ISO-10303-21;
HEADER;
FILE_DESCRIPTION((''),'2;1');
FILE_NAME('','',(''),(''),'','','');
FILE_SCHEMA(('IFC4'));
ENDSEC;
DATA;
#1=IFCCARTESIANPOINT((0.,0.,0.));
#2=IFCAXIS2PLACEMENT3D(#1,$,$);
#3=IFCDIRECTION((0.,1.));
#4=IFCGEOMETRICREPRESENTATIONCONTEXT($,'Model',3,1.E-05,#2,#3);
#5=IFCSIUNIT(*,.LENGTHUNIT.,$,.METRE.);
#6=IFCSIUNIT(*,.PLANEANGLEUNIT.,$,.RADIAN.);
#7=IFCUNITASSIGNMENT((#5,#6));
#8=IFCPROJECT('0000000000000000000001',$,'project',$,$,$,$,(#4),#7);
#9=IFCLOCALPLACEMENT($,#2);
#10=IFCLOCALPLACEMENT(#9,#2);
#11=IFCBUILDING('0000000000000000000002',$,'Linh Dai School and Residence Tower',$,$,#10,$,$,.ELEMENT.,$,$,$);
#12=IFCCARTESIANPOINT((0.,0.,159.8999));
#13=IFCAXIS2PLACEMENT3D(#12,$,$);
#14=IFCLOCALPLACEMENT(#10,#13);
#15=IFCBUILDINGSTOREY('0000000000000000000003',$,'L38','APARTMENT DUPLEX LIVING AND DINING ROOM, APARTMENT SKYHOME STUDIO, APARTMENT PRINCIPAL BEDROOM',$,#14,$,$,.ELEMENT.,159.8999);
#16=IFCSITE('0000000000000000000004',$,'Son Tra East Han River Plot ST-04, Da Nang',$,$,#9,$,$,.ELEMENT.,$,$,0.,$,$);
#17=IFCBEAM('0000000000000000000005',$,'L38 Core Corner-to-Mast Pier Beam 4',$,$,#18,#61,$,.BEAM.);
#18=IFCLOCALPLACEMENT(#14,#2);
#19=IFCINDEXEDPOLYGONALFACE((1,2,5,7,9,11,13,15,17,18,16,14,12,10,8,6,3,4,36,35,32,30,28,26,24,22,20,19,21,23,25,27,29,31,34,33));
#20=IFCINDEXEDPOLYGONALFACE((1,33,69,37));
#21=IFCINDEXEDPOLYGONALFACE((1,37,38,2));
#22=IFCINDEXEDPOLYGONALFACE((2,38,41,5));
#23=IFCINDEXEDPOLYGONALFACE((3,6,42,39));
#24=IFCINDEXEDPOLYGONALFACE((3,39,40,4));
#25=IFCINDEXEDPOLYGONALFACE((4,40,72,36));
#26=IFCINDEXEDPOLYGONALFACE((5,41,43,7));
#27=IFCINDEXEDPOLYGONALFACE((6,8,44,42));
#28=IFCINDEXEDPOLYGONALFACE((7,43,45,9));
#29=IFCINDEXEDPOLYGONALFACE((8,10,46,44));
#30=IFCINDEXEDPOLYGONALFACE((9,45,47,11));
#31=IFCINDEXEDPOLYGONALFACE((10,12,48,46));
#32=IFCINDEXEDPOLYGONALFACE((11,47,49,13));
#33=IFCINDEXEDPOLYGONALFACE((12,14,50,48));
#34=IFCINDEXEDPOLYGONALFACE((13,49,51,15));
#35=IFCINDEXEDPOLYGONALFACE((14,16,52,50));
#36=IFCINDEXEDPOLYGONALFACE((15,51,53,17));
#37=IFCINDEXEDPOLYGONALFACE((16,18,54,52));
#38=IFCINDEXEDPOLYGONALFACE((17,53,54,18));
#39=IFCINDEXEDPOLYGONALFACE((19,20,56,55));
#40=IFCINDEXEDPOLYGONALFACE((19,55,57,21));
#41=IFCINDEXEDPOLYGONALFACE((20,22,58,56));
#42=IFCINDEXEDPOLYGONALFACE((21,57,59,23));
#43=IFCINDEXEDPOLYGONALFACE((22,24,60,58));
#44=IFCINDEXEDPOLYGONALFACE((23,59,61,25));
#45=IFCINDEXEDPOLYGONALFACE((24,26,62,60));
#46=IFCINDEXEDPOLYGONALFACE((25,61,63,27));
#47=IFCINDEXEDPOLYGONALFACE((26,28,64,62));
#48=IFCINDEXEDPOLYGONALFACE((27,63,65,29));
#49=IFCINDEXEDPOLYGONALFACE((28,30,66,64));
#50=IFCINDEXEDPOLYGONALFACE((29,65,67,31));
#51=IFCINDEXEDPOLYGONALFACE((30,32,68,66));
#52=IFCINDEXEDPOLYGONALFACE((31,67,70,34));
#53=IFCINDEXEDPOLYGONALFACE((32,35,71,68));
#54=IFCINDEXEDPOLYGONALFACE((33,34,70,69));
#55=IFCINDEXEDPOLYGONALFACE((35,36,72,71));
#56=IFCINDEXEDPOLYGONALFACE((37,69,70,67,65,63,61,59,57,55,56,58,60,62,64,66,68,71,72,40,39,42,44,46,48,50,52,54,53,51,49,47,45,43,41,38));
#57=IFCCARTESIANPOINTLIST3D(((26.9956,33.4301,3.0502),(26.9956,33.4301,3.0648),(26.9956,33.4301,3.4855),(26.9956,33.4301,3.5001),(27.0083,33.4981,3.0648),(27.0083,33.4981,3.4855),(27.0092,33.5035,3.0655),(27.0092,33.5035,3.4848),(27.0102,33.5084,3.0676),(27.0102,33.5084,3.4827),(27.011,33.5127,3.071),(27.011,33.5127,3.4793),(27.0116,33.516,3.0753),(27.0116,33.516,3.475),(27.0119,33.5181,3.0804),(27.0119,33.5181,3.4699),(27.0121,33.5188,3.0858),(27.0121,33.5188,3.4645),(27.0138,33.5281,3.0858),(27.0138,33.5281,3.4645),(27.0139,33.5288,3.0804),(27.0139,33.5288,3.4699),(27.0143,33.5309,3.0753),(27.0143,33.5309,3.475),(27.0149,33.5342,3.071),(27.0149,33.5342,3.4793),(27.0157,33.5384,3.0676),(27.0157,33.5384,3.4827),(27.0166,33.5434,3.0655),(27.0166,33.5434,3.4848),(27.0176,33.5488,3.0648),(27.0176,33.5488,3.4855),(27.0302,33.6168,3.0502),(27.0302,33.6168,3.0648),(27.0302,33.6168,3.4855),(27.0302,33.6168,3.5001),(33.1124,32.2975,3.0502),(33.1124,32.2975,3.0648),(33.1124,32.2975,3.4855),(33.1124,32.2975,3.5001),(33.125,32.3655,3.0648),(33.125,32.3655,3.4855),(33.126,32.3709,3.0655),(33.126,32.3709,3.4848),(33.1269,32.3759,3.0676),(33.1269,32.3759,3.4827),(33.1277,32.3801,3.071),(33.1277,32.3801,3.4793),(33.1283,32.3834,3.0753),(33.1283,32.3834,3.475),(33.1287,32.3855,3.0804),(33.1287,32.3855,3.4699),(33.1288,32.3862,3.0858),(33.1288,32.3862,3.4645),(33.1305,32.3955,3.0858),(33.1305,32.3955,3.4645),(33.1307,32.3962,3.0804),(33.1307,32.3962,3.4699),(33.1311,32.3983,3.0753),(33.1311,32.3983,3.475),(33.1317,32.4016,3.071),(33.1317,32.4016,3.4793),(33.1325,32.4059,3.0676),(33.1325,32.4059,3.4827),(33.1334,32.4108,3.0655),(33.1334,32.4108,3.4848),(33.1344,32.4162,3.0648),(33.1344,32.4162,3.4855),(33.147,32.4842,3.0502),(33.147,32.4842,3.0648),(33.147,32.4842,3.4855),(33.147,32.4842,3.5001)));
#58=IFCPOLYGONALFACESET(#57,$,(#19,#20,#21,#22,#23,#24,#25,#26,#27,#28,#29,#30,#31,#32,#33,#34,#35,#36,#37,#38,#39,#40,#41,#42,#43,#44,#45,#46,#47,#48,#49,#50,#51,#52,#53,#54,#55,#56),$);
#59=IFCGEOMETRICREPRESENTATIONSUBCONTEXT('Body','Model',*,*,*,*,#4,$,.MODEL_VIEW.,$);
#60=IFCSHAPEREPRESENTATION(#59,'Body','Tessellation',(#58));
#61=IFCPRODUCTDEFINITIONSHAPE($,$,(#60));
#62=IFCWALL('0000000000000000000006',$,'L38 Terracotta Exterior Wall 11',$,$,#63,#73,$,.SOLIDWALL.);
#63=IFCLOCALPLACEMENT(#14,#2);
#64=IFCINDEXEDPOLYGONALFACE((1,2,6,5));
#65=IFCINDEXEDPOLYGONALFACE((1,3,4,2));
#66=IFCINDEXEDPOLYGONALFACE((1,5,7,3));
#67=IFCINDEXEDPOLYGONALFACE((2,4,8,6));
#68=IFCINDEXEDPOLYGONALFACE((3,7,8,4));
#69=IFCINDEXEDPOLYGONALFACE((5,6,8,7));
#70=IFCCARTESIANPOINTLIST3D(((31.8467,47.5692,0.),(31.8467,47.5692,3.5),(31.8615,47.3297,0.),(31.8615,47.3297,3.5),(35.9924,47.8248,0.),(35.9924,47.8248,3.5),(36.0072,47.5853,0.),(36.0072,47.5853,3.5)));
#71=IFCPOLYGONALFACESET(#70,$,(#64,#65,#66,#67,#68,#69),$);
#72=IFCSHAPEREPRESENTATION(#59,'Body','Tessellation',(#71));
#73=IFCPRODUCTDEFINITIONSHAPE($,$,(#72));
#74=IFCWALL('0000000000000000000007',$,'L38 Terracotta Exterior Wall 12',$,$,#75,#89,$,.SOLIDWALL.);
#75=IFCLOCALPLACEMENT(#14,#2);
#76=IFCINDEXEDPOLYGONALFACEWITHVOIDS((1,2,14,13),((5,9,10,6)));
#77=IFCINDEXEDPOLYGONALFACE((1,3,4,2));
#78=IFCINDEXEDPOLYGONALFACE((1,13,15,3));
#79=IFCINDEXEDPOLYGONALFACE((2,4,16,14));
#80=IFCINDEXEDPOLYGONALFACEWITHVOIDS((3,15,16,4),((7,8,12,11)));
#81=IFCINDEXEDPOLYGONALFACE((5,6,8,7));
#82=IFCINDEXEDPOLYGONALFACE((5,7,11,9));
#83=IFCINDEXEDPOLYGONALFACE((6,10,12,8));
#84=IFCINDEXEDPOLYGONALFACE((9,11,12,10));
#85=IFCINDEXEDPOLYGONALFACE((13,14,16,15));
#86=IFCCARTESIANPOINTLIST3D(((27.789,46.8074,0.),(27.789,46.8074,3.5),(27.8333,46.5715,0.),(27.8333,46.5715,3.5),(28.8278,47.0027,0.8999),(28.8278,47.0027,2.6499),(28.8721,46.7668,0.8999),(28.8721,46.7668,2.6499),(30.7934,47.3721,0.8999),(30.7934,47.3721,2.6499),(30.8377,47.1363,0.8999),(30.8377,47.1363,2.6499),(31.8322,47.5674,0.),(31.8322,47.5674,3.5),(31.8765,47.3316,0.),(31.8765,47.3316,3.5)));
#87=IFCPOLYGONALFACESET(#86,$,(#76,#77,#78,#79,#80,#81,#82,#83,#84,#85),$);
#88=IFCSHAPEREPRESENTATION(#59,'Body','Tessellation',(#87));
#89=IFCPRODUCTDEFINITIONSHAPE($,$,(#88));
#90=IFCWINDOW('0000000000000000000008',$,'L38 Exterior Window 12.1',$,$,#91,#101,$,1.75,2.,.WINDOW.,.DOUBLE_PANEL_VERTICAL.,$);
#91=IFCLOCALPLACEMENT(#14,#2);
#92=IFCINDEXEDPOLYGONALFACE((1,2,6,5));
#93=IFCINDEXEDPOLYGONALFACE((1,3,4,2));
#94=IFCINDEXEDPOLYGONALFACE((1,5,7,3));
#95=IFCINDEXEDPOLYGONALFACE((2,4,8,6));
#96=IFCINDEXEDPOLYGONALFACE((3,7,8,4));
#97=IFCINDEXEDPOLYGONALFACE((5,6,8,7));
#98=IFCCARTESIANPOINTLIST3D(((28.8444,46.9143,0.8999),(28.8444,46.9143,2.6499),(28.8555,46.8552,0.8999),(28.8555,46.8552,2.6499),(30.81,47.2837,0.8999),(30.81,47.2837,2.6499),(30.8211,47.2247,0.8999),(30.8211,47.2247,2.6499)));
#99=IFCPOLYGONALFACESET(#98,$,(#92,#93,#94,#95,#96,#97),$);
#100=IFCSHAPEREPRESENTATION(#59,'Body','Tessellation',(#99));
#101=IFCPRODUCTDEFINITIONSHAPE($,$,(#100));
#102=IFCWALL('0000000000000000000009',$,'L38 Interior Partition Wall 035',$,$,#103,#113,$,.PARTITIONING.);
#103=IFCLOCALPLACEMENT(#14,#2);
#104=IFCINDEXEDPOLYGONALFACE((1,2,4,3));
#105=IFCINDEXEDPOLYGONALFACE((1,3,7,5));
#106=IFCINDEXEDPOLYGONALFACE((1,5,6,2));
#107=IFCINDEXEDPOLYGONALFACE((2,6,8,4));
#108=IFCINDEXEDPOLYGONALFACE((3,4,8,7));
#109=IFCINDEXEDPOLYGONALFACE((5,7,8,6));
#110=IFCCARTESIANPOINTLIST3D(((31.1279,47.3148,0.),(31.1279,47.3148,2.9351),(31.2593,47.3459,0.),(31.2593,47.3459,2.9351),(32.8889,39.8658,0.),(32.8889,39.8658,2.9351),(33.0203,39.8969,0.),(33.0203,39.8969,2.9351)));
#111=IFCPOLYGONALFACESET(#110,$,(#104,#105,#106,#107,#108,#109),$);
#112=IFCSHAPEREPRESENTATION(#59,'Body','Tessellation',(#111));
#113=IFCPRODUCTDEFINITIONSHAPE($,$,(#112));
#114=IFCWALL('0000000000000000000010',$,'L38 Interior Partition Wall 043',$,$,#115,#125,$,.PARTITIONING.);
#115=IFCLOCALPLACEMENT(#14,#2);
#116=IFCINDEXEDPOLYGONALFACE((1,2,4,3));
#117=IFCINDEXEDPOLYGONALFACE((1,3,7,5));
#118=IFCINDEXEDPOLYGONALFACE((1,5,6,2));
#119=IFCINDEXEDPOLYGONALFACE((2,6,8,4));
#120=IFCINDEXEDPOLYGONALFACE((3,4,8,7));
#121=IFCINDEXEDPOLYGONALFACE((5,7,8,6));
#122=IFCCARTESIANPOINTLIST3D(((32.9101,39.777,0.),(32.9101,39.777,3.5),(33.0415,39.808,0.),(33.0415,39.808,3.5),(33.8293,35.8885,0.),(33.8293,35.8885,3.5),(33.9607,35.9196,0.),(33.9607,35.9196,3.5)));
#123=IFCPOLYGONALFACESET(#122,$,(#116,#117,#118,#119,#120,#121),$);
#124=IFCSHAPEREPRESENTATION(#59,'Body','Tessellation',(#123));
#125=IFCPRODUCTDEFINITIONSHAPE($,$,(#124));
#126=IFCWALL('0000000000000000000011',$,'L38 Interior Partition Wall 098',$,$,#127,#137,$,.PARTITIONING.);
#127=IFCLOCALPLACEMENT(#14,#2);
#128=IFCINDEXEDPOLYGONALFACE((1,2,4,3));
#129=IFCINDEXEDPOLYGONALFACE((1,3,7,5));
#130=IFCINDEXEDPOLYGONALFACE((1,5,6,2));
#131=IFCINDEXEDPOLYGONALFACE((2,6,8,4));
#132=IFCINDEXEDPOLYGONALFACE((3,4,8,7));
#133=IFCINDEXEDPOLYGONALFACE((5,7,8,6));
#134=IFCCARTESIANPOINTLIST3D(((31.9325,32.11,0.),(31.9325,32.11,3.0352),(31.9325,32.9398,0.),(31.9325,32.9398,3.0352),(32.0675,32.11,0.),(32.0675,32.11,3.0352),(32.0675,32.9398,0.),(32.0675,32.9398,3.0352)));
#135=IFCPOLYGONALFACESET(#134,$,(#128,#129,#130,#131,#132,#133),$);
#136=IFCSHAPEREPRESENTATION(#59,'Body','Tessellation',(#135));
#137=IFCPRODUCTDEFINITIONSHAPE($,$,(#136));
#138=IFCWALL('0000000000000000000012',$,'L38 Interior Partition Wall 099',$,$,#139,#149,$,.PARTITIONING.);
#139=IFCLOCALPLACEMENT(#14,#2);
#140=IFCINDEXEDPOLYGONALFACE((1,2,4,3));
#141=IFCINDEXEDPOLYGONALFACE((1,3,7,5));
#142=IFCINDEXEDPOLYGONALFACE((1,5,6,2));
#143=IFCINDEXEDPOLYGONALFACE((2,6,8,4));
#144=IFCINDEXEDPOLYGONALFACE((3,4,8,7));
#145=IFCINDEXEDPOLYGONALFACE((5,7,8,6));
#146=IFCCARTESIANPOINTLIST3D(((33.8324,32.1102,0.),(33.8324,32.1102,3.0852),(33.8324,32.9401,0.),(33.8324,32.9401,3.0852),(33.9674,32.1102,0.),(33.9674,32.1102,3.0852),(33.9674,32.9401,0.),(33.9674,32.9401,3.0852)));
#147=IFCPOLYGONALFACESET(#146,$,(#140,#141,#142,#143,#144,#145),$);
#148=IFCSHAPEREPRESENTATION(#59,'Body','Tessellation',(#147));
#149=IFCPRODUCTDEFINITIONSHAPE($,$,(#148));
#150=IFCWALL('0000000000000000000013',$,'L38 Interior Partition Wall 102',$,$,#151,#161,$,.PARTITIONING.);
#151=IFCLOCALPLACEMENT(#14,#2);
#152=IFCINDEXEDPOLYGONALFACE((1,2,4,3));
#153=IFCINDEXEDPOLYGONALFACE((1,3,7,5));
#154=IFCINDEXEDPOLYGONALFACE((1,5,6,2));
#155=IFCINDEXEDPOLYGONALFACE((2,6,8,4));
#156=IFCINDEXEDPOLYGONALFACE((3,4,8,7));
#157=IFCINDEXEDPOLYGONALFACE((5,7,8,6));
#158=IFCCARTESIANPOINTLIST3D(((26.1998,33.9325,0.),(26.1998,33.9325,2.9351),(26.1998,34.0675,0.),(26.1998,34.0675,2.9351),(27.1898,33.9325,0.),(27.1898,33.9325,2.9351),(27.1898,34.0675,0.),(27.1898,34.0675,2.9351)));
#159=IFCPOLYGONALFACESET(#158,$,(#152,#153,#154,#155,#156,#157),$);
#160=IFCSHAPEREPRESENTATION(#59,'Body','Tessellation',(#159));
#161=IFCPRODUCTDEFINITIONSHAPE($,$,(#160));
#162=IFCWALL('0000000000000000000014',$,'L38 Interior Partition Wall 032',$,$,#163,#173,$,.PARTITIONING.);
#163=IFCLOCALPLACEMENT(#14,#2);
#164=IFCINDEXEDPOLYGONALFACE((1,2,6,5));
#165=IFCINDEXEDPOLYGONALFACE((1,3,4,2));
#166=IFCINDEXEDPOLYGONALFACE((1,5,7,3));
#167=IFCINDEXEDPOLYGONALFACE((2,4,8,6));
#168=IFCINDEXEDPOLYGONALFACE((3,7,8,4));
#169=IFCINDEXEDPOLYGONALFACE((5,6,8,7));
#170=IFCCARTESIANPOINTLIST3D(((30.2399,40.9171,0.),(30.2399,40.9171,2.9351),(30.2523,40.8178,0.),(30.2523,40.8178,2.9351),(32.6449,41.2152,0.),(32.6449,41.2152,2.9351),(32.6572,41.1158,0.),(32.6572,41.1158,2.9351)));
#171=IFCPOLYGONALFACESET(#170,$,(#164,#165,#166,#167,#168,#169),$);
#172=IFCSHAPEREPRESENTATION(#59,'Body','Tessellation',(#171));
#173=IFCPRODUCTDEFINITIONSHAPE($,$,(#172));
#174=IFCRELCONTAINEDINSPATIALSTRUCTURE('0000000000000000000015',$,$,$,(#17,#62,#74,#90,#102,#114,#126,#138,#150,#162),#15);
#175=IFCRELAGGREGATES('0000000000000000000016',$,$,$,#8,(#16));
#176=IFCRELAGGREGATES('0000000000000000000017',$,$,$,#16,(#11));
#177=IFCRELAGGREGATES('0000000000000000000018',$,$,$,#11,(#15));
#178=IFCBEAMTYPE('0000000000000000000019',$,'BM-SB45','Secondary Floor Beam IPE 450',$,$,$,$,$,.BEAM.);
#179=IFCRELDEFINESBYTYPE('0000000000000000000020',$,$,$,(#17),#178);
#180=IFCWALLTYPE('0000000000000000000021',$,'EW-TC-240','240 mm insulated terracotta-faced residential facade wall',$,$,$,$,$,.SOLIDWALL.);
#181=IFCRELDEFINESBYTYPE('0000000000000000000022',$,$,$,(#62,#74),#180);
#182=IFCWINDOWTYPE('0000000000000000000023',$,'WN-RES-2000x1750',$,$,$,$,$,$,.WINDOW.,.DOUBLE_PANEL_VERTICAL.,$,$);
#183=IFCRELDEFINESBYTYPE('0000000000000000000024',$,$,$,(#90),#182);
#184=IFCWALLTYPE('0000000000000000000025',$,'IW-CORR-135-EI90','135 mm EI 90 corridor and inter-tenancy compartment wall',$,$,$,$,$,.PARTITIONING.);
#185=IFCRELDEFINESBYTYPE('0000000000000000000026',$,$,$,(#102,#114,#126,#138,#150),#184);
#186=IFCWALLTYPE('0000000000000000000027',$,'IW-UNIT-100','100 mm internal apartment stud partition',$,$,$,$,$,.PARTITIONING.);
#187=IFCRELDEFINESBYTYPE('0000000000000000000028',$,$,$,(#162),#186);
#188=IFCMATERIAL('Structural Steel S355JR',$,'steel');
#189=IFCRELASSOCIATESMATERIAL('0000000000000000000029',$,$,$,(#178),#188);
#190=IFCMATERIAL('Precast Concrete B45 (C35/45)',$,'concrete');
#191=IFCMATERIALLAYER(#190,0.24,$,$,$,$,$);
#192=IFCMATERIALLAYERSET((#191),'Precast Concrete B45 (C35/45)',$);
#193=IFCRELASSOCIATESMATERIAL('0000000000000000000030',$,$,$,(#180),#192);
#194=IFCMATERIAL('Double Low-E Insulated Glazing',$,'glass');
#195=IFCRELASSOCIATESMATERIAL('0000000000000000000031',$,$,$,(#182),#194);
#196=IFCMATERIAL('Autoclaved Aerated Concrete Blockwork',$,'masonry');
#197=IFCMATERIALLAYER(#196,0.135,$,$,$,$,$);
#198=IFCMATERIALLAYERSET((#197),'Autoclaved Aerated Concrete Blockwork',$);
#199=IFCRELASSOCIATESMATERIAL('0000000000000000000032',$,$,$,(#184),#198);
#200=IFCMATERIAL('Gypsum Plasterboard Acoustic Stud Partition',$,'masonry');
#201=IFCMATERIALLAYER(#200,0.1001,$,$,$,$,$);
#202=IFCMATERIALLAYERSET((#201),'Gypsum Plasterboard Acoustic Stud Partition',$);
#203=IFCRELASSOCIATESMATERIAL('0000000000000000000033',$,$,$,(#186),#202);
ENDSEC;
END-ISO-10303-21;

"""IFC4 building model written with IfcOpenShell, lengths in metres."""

from ifc_helpers import new_model, si_unit, direction, frame, frame_2d, origin, origin_2d, place, context, subcontext, project, spatial, rectangle, i_section, extrude, source, transform, mapped, material, layer, layer_set, material_profile, profile_set, type_object, element, fill, save


model = new_model("IFC4")

# Units and contexts
model_context = context("Model", 3, precision=1e-05, world=origin(), true_north=direction((0.0, 1.0)))
body_context = subcontext(model_context, "Body", "Model", "MODEL_VIEW")
ifc_project = project(units=[si_unit("LENGTHUNIT", "METRE"), si_unit("PLANEANGLEUNIT", "RADIAN")], contexts=[model_context])

# Site, building, storey
site_placement = place(None, origin())
site = spatial("IfcSite", under=ifc_project, at=site_placement, Name="Son Tra East Han River Plot ST-04, Da Nang", CompositionType="ELEMENT", RefElevation=0.0)
building_placement = place(site_placement, origin())
building = spatial("IfcBuilding", under=site, at=building_placement, Name="Linh Dai School and Residence Tower", CompositionType="ELEMENT")
storey_placement = place(building_placement, frame((0.0, 0.0, 159.8999)))
storey = spatial("IfcBuildingStorey", under=building, at=storey_placement, Name="L38", Description="APARTMENT DUPLEX LIVING AND DINING ROOM, APARTMENT SKYHOME STUDIO, APARTMENT PRINCIPAL BEDROOM", CompositionType="ELEMENT", Elevation=159.8999)

# Shared definitions
ifc_material_1 = material(Name="Structural Steel S355JR", Category="steel")

# Beam
ifc_material_profile_1 = material_profile(ifc_material_1, i_section(OverallWidth=0.1899, OverallDepth=0.45, WebThickness=0.0095, FlangeThickness=0.0146, FilletRadius=0.021, at=origin_2d()), Name="IPE 450")
ifc_profile_set_1 = profile_set([ifc_material_profile_1], Name="Structural Steel S355JR")
beam_type_1 = type_object("IfcBeamType", Name="BM-SB45", Description="Secondary Floor Beam IPE 450", PredefinedType="BEAM", material=ifc_profile_set_1)
beam_1_placement = place(storey_placement, frame((27.0129, 33.5234, 3.2751), z_axis=(0.983286, -0.182065, 0.0), x_axis=(0.182065, 0.983286, 0.0)))
element("IfcBeam", 1, at=beam_1_placement, inside=storey, type_object=beam_type_1, Name="L38 Core Corner-to-Mast Pier Beam 4", PredefinedType="BEAM", context=body_context, shape_type="SweptSolid", body=[
    extrude(i_section(OverallWidth=0.1899, OverallDepth=0.45, WebThickness=0.0095, FlangeThickness=0.0146, FilletRadius=0.021, at=origin_2d()), origin(), (0.0, 0.0, 1.0), 6.2207),
])

# Wall
ifc_material_2 = material(Name="Precast Concrete B45 (C35/45)", Category="concrete")
ifc_layer_1 = layer(ifc_material_2, 0.24)
ifc_layer_set_1 = layer_set([ifc_layer_1], Name="Precast Concrete B45 (C35/45)")
wall_type_1 = type_object("IfcWallType", Name="EW-TC-240", Description="240 mm insulated terracotta-faced residential facade wall", PredefinedType="SOLIDWALL", material=ifc_layer_set_1)
wall_1_placement = place(storey_placement, frame((31.8542, 47.4495, 0.0), z_axis=(0.0, 0.0, 1.0), x_axis=(0.998105, 0.06154, 0.0)))
element("IfcWall", 2, at=wall_1_placement, inside=storey, type_object=wall_type_1, Name="L38 Terracotta Exterior Wall 11", PredefinedType="SOLIDWALL", context=body_context, shape_type="SweptSolid", body=[
    extrude(rectangle(XDim=4.1536, YDim=0.24, at=frame_2d((2.0767, 0.0))), origin(), (0.0, 0.0, 1.0), 3.5),
])

# Wall, opening, window
wall_2_placement = place(storey_placement, frame((27.811, 46.6895, 0.0), z_axis=(0.0, 0.0, 1.0), x_axis=(0.982788, 0.184736, 0.0)))
wall_2 = element("IfcWall", 3, at=wall_2_placement, inside=storey, type_object=wall_type_1, Name="L38 Terracotta Exterior Wall 12", PredefinedType="SOLIDWALL", context=body_context, shape_type="SweptSolid", body=[
    extrude(rectangle(XDim=4.114, YDim=0.24, at=frame_2d((2.0571, 0.0))), origin(), (0.0, 0.0, 1.0), 3.5),
])
opening_1_placement = place(wall_2_placement, frame((1.0571, 0.0, 0.8999)))
opening_1 = element("IfcOpeningElement", 4, at=opening_1_placement, cuts=wall_2, PredefinedType="OPENING", context=body_context, shape_type="SweptSolid", body=[
    extrude(rectangle(XDim=2.0, YDim=1.75, at=origin_2d()), frame((1.0, 0.1299, 0.875), z_axis=(0.0, -1.0, 0.0), x_axis=(1.0, 0.0, 0.0)), (0.0, 0.0, 1.0), 0.26),
])
ifc_material_3 = material(Name="Double Low-E Insulated Glazing", Category="glass")
window_type = type_object("IfcWindowType", Name="WN-RES-2000x1750", PartitioningType="DOUBLE_PANEL_VERTICAL", PredefinedType="WINDOW", material=ifc_material_3)
shared_shape_1 = source(origin(), body_context, "Body", "SweptSolid", [
    extrude(rectangle(XDim=2.0, YDim=1.75, at=origin_2d()), frame((1.0, 0.03, 0.875), z_axis=(0.0, -1.0, 0.0), x_axis=(1.0, 0.0, 0.0)), (0.0, 0.0, 1.0), 0.0601),
])
window_placement = place(opening_1_placement, origin())
window = element("IfcWindow", 5, at=window_placement, inside=storey, type_object=window_type, Name="L38 Exterior Window 12.1", OverallHeight=1.75, OverallWidth=2.0, PartitioningType="DOUBLE_PANEL_VERTICAL", PredefinedType="WINDOW", context=body_context, shape_type="MappedRepresentation", body=[
    mapped(shared_shape_1, transform((0.0, 0.0, 0.0), x_axis=(1.0, 0.0, 0.0), y_axis=(0.0, 1.0, 0.0), z_axis=(0.0, 0.0, 1.0), scale=1.0)),
])
fill(opening_1, window)

# Walls
ifc_material_4 = material(Name="Autoclaved Aerated Concrete Blockwork", Category="masonry")
ifc_layer_2 = layer(ifc_material_4, 0.135)
ifc_layer_set_2 = layer_set([ifc_layer_2], Name="Autoclaved Aerated Concrete Blockwork")
wall_type_2 = type_object("IfcWallType", Name="IW-CORR-135-EI90", Description="135 mm EI 90 corridor and inter-tenancy compartment wall", PredefinedType="PARTITIONING", material=ifc_layer_set_2)
wall_3_placement = place(storey_placement, frame((31.1936, 47.3303, 0.0), z_axis=(0.0, 0.0, 1.0), x_axis=(0.230065, -0.973175, 0.0)))
element("IfcWall", 6, at=wall_3_placement, inside=storey, type_object=wall_type_2, Name="L38 Interior Partition Wall 035", PredefinedType="PARTITIONING", context=body_context, shape_type="SweptSolid", body=[
    extrude(rectangle(XDim=7.6543, YDim=0.135, at=frame_2d((3.8271, 0.0))), origin(), (0.0, 0.0, 1.0), 2.9351),
])
wall_4_placement = place(storey_placement, frame((32.9758, 39.7925, 0.0), z_axis=(0.0, 0.0, 1.0), x_axis=(0.230051, -0.973179, 0.0)))
element("IfcWall", 7, at=wall_4_placement, inside=storey, type_object=wall_type_2, Name="L38 Interior Partition Wall 043", PredefinedType="PARTITIONING", context=body_context, shape_type="SweptSolid", body=[
    extrude(rectangle(XDim=3.9956, YDim=0.135, at=frame_2d((1.9978, 0.0))), origin(), (0.0, 0.0, 1.0), 3.5),
])
wall_5_placement = place(storey_placement, frame((32.0, 32.9399, 0.0), z_axis=(0.0, 0.0, 1.0), x_axis=(0.0, -1.0, 0.0)))
element("IfcWall", 8, at=wall_5_placement, inside=storey, type_object=wall_type_2, Name="L38 Interior Partition Wall 098", PredefinedType="PARTITIONING", context=body_context, shape_type="SweptSolid", body=[
    extrude(rectangle(XDim=0.8298, YDim=0.135, at=frame_2d((0.415, 0.0))), origin(), (0.0, 0.0, 1.0), 3.0352),
])
wall_6_placement = place(storey_placement, frame((33.8999, 32.1101, 0.0), z_axis=(0.0, 0.0, 1.0), x_axis=(0.0, 1.0, 0.0)))
element("IfcWall", 9, at=wall_6_placement, inside=storey, type_object=wall_type_2, Name="L38 Interior Partition Wall 099", PredefinedType="PARTITIONING", context=body_context, shape_type="SweptSolid", body=[
    extrude(rectangle(XDim=0.8298, YDim=0.135, at=frame_2d((0.415, 0.0))), origin(), (0.0, 0.0, 1.0), 3.0852),
])
wall_7_placement = place(storey_placement, frame((27.1899, 34.0, 0.0), z_axis=(0.0, 0.0, 1.0), x_axis=(-1.0, 0.0, 0.0)))
element("IfcWall", 10, at=wall_7_placement, inside=storey, type_object=wall_type_2, Name="L38 Interior Partition Wall 102", PredefinedType="PARTITIONING", context=body_context, shape_type="SweptSolid", body=[
    extrude(rectangle(XDim=0.99, YDim=0.135, at=frame_2d((0.4951, 0.0))), origin(), (0.0, 0.0, 1.0), 2.9351),
])
ifc_material_5 = material(Name="Gypsum Plasterboard Acoustic Stud Partition", Category="masonry")
ifc_layer_3 = layer(ifc_material_5, 0.1001)
ifc_layer_set_3 = layer_set([ifc_layer_3], Name="Gypsum Plasterboard Acoustic Stud Partition")
wall_type_3 = type_object("IfcWallType", Name="IW-UNIT-100", Description="100 mm internal apartment stud partition", PredefinedType="PARTITIONING", material=ifc_layer_set_3)
wall_8_placement = place(storey_placement, frame((30.2461, 40.8674, 0.0), z_axis=(0.0, 0.0, 1.0), x_axis=(0.992406, 0.123006, 0.0)))
element("IfcWall", 11, at=wall_8_placement, inside=storey, type_object=wall_type_3, Name="L38 Interior Partition Wall 032", PredefinedType="PARTITIONING", context=body_context, shape_type="SweptSolid", body=[
    extrude(rectangle(XDim=2.4233, YDim=0.1001, at=frame_2d((1.2117, 0.0))), origin(), (0.0, 0.0, 1.0), 2.9351),
])

save(model, "model.ifc")
